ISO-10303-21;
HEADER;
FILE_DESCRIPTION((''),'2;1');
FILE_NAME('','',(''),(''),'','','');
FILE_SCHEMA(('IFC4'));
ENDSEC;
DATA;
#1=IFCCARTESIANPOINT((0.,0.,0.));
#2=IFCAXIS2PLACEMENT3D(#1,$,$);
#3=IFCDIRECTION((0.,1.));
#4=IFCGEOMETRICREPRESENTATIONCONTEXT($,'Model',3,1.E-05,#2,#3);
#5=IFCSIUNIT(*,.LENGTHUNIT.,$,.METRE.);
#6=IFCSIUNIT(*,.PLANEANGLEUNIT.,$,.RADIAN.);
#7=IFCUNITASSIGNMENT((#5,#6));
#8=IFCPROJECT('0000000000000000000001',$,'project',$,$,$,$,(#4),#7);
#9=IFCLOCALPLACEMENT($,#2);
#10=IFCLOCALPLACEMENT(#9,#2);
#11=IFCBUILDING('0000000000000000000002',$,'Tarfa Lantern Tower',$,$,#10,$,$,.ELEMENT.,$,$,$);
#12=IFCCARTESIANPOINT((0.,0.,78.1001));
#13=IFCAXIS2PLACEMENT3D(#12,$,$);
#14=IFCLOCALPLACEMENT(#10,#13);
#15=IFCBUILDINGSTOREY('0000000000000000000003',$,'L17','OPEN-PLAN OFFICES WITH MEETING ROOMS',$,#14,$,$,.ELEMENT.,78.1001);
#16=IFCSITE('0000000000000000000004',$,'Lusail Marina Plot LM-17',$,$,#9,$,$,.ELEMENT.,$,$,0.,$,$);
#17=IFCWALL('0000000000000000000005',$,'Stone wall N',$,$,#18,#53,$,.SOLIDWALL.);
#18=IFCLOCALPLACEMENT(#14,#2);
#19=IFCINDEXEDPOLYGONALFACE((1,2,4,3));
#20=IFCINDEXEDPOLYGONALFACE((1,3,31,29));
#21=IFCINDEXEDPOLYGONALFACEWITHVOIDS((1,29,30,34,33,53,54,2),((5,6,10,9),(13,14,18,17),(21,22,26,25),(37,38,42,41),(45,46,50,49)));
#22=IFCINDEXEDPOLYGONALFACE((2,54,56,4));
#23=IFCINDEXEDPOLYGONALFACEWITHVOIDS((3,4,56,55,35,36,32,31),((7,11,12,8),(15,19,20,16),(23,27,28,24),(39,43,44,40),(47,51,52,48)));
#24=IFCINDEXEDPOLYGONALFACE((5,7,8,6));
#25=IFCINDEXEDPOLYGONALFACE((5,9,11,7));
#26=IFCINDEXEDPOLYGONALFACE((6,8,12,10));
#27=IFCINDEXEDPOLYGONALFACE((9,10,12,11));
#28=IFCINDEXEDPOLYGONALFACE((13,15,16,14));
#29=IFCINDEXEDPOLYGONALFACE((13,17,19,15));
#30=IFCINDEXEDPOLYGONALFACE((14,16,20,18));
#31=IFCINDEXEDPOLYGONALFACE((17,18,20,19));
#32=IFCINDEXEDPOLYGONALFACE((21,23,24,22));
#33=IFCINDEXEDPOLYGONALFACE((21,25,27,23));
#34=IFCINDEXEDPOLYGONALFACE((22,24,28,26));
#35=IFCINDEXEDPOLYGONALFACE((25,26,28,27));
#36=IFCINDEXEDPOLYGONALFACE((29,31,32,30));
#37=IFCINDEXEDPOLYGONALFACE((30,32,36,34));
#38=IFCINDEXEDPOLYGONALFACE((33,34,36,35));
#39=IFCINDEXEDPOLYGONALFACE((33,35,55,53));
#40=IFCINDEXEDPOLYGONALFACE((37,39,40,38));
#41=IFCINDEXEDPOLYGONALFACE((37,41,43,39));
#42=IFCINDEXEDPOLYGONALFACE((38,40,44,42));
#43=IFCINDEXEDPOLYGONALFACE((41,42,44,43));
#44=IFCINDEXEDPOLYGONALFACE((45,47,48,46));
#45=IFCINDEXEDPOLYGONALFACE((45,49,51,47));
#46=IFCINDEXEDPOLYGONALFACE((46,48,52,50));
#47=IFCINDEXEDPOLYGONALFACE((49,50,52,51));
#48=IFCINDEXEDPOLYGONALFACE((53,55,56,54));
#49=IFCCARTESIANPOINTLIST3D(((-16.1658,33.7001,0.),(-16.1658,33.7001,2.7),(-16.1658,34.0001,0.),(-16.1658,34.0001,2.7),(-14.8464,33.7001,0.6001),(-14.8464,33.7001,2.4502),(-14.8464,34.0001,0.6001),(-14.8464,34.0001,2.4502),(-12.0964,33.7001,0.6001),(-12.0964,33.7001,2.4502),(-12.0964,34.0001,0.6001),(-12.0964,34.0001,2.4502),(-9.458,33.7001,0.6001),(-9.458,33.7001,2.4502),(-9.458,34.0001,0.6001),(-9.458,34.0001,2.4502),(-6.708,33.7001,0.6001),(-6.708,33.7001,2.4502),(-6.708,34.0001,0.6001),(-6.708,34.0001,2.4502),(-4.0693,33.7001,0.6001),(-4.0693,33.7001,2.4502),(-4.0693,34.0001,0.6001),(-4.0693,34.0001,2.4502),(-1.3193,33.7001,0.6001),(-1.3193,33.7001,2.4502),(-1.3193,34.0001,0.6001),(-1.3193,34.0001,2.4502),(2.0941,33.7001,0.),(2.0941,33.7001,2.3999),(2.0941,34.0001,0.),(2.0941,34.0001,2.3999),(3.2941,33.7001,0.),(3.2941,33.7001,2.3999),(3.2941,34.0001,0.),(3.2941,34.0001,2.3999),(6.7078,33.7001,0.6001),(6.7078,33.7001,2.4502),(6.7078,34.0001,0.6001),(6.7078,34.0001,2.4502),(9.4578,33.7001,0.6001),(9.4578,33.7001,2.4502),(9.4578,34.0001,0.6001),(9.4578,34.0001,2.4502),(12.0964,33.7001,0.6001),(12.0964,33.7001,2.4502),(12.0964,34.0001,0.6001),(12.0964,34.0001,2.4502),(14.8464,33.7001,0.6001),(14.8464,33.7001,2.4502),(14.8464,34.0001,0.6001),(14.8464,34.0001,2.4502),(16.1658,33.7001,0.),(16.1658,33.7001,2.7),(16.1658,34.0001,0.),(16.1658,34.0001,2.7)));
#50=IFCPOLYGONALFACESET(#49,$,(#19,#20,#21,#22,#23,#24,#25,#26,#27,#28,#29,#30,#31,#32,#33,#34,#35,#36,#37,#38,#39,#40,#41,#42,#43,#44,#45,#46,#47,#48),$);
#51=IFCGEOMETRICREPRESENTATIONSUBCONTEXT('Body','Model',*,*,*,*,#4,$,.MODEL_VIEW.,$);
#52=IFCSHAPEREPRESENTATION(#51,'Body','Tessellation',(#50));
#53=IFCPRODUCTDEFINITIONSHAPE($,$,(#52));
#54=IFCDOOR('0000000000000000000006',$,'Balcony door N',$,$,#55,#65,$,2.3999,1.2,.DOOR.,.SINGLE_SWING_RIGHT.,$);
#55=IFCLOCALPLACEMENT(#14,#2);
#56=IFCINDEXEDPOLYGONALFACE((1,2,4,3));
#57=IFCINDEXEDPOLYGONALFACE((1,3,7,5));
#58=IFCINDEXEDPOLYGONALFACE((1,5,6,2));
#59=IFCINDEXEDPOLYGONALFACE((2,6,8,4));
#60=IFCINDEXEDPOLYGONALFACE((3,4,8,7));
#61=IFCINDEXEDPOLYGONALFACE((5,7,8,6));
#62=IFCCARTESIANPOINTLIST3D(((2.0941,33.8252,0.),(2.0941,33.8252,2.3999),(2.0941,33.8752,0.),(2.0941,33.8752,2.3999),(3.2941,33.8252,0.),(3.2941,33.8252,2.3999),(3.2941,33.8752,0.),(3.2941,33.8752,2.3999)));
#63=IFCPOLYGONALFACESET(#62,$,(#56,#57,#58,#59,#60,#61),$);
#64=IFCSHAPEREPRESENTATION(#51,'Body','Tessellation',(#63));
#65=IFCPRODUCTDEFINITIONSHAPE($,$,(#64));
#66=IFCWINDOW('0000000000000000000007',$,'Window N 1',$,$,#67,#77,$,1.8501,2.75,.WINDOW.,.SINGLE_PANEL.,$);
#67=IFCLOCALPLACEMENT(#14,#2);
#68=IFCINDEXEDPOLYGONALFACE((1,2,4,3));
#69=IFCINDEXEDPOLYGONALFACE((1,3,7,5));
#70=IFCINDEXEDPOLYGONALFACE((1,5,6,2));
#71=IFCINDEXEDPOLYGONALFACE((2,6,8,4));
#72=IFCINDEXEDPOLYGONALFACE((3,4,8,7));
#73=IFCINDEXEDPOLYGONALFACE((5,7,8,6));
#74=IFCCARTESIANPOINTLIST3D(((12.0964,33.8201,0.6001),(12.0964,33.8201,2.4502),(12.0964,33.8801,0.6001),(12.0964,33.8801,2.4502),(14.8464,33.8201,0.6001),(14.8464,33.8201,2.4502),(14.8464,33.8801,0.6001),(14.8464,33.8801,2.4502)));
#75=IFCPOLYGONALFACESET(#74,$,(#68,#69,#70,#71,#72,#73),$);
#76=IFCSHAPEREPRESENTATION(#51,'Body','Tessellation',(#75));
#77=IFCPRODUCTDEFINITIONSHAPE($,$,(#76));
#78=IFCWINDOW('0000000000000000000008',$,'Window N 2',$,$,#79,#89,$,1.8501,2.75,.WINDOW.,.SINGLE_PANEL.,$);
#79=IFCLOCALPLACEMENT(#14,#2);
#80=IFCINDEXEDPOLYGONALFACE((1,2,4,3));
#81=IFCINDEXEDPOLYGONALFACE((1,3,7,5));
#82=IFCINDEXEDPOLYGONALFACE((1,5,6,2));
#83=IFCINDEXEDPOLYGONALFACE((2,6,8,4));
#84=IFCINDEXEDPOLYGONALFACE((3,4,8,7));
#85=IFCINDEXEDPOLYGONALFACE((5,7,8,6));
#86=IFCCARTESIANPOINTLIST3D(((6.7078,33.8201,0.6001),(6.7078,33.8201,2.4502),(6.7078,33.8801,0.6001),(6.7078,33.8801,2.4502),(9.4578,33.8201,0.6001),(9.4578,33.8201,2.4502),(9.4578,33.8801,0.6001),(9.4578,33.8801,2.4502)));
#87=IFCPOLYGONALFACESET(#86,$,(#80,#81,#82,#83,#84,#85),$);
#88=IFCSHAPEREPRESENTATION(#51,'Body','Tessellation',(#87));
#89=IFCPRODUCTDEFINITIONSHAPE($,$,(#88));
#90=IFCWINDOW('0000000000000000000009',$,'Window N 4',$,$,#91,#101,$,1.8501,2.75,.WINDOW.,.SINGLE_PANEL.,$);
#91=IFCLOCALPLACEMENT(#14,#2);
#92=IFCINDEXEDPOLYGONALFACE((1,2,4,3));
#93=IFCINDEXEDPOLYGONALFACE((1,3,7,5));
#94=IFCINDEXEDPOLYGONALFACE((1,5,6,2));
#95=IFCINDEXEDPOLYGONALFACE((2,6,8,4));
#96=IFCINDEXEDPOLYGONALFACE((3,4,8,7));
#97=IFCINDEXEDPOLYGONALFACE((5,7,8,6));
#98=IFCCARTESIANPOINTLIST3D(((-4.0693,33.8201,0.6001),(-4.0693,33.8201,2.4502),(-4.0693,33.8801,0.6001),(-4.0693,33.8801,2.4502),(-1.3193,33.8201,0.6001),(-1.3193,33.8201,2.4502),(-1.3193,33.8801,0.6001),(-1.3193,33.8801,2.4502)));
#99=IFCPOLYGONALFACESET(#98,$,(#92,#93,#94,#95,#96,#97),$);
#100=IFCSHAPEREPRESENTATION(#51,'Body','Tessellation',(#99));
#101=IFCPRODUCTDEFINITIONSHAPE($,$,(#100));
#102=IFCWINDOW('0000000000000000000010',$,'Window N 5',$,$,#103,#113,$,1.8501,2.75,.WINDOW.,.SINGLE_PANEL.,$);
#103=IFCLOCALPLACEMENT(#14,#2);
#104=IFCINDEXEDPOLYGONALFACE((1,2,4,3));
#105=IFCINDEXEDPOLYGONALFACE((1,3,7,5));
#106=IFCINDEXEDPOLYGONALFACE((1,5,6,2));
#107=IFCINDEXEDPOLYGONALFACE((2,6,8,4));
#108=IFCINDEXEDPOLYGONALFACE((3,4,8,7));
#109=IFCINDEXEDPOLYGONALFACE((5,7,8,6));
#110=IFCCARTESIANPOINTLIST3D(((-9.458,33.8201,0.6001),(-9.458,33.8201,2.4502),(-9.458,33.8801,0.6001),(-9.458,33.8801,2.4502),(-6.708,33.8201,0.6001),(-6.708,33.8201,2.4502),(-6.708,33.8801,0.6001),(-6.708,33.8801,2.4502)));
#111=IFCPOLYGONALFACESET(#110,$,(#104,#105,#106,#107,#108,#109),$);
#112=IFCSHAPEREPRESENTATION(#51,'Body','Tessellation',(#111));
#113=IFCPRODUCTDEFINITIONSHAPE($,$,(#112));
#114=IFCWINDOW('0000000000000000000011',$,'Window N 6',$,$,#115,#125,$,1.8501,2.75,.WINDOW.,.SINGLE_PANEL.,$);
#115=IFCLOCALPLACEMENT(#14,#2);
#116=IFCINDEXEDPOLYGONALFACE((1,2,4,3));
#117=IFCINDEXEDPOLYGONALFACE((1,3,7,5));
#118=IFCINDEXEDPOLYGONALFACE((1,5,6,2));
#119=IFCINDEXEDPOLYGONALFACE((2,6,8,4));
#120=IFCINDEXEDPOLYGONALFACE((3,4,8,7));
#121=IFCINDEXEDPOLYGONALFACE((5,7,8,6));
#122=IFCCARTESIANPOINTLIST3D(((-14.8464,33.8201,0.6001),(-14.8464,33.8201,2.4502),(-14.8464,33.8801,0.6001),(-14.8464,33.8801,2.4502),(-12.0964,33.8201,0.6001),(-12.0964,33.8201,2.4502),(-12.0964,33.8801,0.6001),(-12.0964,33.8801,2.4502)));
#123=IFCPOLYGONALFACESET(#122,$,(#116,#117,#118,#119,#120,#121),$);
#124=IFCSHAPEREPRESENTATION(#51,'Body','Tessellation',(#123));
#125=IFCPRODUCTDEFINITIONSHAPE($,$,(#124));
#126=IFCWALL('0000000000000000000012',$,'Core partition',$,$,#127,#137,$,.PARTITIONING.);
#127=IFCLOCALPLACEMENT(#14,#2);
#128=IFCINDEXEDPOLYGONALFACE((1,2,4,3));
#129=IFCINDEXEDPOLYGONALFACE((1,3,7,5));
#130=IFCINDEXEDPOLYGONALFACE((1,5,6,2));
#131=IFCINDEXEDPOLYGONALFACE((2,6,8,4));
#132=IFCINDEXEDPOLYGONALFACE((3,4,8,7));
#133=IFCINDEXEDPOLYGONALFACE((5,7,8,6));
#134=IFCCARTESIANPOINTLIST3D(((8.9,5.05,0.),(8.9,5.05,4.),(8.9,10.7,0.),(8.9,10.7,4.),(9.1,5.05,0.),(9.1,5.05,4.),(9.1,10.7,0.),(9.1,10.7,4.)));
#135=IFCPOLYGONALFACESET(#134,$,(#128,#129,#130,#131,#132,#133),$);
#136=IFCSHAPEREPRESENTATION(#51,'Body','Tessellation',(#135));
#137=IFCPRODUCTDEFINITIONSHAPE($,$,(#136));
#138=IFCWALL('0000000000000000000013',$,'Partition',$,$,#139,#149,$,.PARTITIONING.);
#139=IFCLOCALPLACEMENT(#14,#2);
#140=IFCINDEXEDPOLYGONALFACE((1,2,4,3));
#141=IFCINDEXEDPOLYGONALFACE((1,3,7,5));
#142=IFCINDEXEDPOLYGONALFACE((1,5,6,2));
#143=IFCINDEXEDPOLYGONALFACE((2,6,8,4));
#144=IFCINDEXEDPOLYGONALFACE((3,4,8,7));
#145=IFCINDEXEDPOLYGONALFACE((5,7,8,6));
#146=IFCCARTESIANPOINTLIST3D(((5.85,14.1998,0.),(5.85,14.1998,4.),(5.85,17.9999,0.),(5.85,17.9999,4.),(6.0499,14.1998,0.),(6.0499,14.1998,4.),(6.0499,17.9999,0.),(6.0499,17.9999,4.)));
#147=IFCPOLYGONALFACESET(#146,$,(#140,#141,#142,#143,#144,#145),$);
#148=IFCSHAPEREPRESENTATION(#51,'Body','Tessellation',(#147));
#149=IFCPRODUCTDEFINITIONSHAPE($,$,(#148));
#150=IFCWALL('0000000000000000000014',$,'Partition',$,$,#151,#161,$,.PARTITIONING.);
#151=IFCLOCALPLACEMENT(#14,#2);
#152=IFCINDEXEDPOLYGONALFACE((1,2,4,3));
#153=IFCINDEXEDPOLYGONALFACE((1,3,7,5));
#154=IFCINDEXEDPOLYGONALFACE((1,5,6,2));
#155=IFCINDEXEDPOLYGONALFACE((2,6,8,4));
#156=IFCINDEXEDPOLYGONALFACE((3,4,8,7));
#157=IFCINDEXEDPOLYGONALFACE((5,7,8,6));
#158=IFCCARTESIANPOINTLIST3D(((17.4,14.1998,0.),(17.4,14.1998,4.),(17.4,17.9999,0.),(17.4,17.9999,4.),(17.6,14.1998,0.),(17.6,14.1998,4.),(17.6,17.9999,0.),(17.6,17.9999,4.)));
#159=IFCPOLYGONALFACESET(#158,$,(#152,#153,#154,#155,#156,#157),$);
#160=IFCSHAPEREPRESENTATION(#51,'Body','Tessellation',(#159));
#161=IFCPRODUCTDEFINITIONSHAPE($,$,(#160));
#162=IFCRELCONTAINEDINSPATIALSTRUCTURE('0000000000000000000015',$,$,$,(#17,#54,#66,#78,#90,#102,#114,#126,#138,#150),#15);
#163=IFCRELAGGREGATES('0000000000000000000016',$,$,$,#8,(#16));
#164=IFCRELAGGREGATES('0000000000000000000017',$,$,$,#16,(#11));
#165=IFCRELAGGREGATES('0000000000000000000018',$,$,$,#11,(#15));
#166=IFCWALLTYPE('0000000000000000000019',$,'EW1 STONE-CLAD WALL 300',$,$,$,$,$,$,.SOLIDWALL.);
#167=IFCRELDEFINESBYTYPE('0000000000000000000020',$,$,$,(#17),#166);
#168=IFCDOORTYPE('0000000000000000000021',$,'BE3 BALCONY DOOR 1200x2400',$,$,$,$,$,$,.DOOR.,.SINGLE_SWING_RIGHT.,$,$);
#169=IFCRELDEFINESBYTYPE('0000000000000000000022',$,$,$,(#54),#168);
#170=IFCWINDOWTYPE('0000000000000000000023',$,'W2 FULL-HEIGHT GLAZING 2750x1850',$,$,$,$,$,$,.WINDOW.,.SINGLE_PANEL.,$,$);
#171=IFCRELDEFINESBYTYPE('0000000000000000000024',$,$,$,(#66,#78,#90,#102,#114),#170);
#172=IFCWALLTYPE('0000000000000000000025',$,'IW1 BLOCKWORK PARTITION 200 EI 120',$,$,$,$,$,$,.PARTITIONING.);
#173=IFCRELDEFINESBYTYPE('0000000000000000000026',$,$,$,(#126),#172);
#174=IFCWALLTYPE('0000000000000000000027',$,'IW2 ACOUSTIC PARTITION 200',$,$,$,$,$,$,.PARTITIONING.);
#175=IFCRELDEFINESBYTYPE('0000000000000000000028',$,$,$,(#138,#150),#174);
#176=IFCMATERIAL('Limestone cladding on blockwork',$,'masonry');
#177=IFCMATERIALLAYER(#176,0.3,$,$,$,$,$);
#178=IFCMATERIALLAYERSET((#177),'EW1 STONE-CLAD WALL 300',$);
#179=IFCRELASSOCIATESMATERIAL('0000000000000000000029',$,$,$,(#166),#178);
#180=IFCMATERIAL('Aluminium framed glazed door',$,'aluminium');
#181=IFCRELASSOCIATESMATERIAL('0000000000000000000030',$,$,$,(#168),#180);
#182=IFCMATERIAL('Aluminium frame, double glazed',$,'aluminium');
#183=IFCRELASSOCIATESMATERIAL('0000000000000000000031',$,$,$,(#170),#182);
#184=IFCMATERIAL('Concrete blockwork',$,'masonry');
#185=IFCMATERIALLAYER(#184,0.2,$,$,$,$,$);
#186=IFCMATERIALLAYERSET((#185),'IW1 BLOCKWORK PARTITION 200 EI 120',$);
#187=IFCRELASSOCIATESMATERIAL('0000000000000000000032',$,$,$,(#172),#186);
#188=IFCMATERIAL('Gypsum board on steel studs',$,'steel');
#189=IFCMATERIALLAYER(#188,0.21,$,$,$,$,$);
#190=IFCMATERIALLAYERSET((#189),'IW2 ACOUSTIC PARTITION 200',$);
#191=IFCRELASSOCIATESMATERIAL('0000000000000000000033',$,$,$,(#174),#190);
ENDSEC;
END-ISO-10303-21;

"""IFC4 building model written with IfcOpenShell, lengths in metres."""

from ifc_helpers import new_model, si_unit, direction, frame, frame_2d, origin, place, context, subcontext, project, spatial, rectangle, extrude, material, layer, layer_set, type_object, element, fill, save


model = new_model("IFC4")

# Units and contexts
model_context = context("Model", 3, precision=1e-05, world=origin(), true_north=direction((0.0, 1.0)))
body_context = subcontext(model_context, "Body", "Model", "MODEL_VIEW")
ifc_project = project(units=[si_unit("LENGTHUNIT", "METRE"), si_unit("PLANEANGLEUNIT", "RADIAN")], contexts=[model_context])

# Site, building, storey
site_placement = place(None, origin())
site = spatial("IfcSite", under=ifc_project, at=site_placement, Name="Lusail Marina Plot LM-17", CompositionType="ELEMENT", RefElevation=0.0)
building_placement = place(site_placement, origin())
building = spatial("IfcBuilding", under=site, at=building_placement, Name="Tarfa Lantern Tower", CompositionType="ELEMENT")
storey_placement = place(building_placement, frame((0.0, 0.0, 78.1001)))
storey = spatial("IfcBuildingStorey", under=building, at=storey_placement, Name="L17", Description="OPEN-PLAN OFFICES WITH MEETING ROOMS", CompositionType="ELEMENT", Elevation=78.1001)

# Wall, openings, door, windows
ifc_material_1 = material(Name="Limestone cladding on blockwork", Category="masonry")
ifc_layer_1 = layer(ifc_material_1, 0.3)
ifc_layer_set_1 = layer_set([ifc_layer_1], Name="EW1 STONE-CLAD WALL 300")
wall_type_1 = type_object("IfcWallType", Name="EW1 STONE-CLAD WALL 300", PredefinedType="SOLIDWALL", material=ifc_layer_set_1)
wall_1_placement = place(storey_placement, frame((16.1658, 33.8501, 0.0), z_axis=(0.0, 0.0, 1.0), x_axis=(-1.0, 0.0, 0.0)))
wall_1 = element("IfcWall", 1, at=wall_1_placement, inside=storey, type_object=wall_type_1, Name="Stone wall N", PredefinedType="SOLIDWALL", context=body_context, shape_type="SweptSolid", body=[
    extrude(rectangle(XDim=32.3315, YDim=0.3, at=frame_2d((16.1658, 0.0))), origin(), (0.0, 0.0, 1.0), 2.7),
])
opening_1_placement = place(wall_1_placement, frame((1.3193, 0.0, 0.6001)))
opening_1 = element("IfcOpeningElement", 2, at=opening_1_placement, cuts=wall_1, PredefinedType="OPENING", context=body_context, shape_type="SweptSolid", body=[
    extrude(rectangle(XDim=2.75, YDim=1.8501, at=frame_2d((1.375, 0.925))), frame((0.0, 0.1599, 0.0), z_axis=(0.0, -1.0, 0.0), x_axis=(1.0, 0.0, 0.0)), (0.0, 0.0, 1.0), 0.3201),
])
opening_2_placement = place(wall_1_placement, frame((6.708, 0.0, 0.6001)))
opening_2 = element("IfcOpeningElement", 3, at=opening_2_placement, cuts=wall_1, PredefinedType="OPENING", context=body_context, shape_type="SweptSolid", body=[
    extrude(rectangle(XDim=2.75, YDim=1.8501, at=frame_2d((1.375, 0.925))), frame((0.0, 0.1599, 0.0), z_axis=(0.0, -1.0, 0.0), x_axis=(1.0, 0.0, 0.0)), (0.0, 0.0, 1.0), 0.3201),
])
opening_3_placement = place(wall_1_placement, frame((12.8716, 0.0, 0.0)))
opening_3 = element("IfcOpeningElement", 4, at=opening_3_placement, cuts=wall_1, PredefinedType="OPENING", context=body_context, shape_type="SweptSolid", body=[
    extrude(rectangle(XDim=1.2, YDim=2.3999, at=frame_2d((0.6001, 1.2))), frame((0.0, 0.1599, 0.0), z_axis=(0.0, -1.0, 0.0), x_axis=(1.0, 0.0, 0.0)), (0.0, 0.0, 1.0), 0.3201),
])
opening_4_placement = place(wall_1_placement, frame((17.4851, 0.0, 0.6001)))
opening_4 = element("IfcOpeningElement", 5, at=opening_4_placement, cuts=wall_1, PredefinedType="OPENING", context=body_context, shape_type="SweptSolid", body=[
    extrude(rectangle(XDim=2.75, YDim=1.8501, at=frame_2d((1.375, 0.925))), frame((0.0, 0.1599, 0.0), z_axis=(0.0, -1.0, 0.0), x_axis=(1.0, 0.0, 0.0)), (0.0, 0.0, 1.0), 0.3201),
])
opening_5_placement = place(wall_1_placement, frame((22.8738, 0.0, 0.6001)))
opening_5 = element("IfcOpeningElement", 6, at=opening_5_placement, cuts=wall_1, PredefinedType="OPENING", context=body_context, shape_type="SweptSolid", body=[
    extrude(rectangle(XDim=2.75, YDim=1.8501, at=frame_2d((1.375, 0.925))), frame((0.0, 0.1599, 0.0), z_axis=(0.0, -1.0, 0.0), x_axis=(1.0, 0.0, 0.0)), (0.0, 0.0, 1.0), 0.3201),
])
opening_6_placement = place(wall_1_placement, frame((28.2622, 0.0, 0.6001)))
opening_6 = element("IfcOpeningElement", 7, at=opening_6_placement, cuts=wall_1, PredefinedType="OPENING", context=body_context, shape_type="SweptSolid", body=[
    extrude(rectangle(XDim=2.75, YDim=1.8501, at=frame_2d((1.375, 0.925))), frame((0.0, 0.1599, 0.0), z_axis=(0.0, -1.0, 0.0), x_axis=(1.0, 0.0, 0.0)), (0.0, 0.0, 1.0), 0.3201),
])
ifc_material_2 = material(Name="Aluminium framed glazed door", Category="aluminium")
door_type_1 = type_object("IfcDoorType", Name="BE3 BALCONY DOOR 1200x2400", OperationType="SINGLE_SWING_RIGHT", PredefinedType="DOOR", material=ifc_material_2)
door_1_placement = place(opening_3_placement, origin())
door_1 = element("IfcDoor", 8, at=door_1_placement, inside=storey, type_object=door_type_1, Name="Balcony door N", OperationType="SINGLE_SWING_RIGHT", OverallHeight=2.3999, OverallWidth=1.2, PredefinedType="DOOR", context=body_context, shape_type="SweptSolid", body=[
    extrude(rectangle(XDim=1.2, YDim=2.3999, at=frame_2d((0.6001, 1.2))), frame((0.0, 0.0249, 0.0), z_axis=(0.0, -1.0, 0.0), x_axis=(1.0, 0.0, 0.0)), (0.0, 0.0, 1.0), 0.05),
])
fill(opening_3, door_1)
ifc_material_3 = material(Name="Aluminium frame, double glazed", Category="aluminium")
window_type = type_object("IfcWindowType", Name="W2 FULL-HEIGHT GLAZING 2750x1850", PartitioningType="SINGLE_PANEL", PredefinedType="WINDOW", material=ifc_material_3)
window_1_placement = place(opening_1_placement, origin())
window_1 = element("IfcWindow", 9, at=window_1_placement, inside=storey, type_object=window_type, Name="Window N 1", OverallHeight=1.8501, OverallWidth=2.75, PartitioningType="SINGLE_PANEL", PredefinedType="WINDOW", context=body_context, shape_type="SweptSolid", body=[
    extrude(rectangle(XDim=2.75, YDim=1.8501, at=frame_2d((1.375, 0.925))), frame((0.0, 0.03, 0.0), z_axis=(0.0, -1.0, 0.0), x_axis=(1.0, 0.0, 0.0)), (0.0, 0.0, 1.0), 0.0601),
])
fill(opening_1, window_1)
window_2_placement = place(opening_2_placement, origin())
window_2 = element("IfcWindow", 10, at=window_2_placement, inside=storey, type_object=window_type, Name="Window N 2", OverallHeight=1.8501, OverallWidth=2.75, PartitioningType="SINGLE_PANEL", PredefinedType="WINDOW", context=body_context, shape_type="SweptSolid", body=[
    extrude(rectangle(XDim=2.75, YDim=1.8501, at=frame_2d((1.375, 0.925))), frame((0.0, 0.03, 0.0), z_axis=(0.0, -1.0, 0.0), x_axis=(1.0, 0.0, 0.0)), (0.0, 0.0, 1.0), 0.0601),
])
fill(opening_2, window_2)
window_3_placement = place(opening_4_placement, origin())
window_3 = element("IfcWindow", 11, at=window_3_placement, inside=storey, type_object=window_type, Name="Window N 4", OverallHeight=1.8501, OverallWidth=2.75, PartitioningType="SINGLE_PANEL", PredefinedType="WINDOW", context=body_context, shape_type="SweptSolid", body=[
    extrude(rectangle(XDim=2.75, YDim=1.8501, at=frame_2d((1.375, 0.925))), frame((0.0, 0.03, 0.0), z_axis=(0.0, -1.0, 0.0), x_axis=(1.0, 0.0, 0.0)), (0.0, 0.0, 1.0), 0.0601),
])
fill(opening_4, window_3)
window_4_placement = place(opening_5_placement, origin())
window_4 = element("IfcWindow", 12, at=window_4_placement, inside=storey, type_object=window_type, Name="Window N 5", OverallHeight=1.8501, OverallWidth=2.75, PartitioningType="SINGLE_PANEL", PredefinedType="WINDOW", context=body_context, shape_type="SweptSolid", body=[
    extrude(rectangle(XDim=2.75, YDim=1.8501, at=frame_2d((1.375, 0.925))), frame((0.0, 0.03, 0.0), z_axis=(0.0, -1.0, 0.0), x_axis=(1.0, 0.0, 0.0)), (0.0, 0.0, 1.0), 0.0601),
])
fill(opening_5, window_4)
window_5_placement = place(opening_6_placement, origin())
window_5 = element("IfcWindow", 13, at=window_5_placement, inside=storey, type_object=window_type, Name="Window N 6", OverallHeight=1.8501, OverallWidth=2.75, PartitioningType="SINGLE_PANEL", PredefinedType="WINDOW", context=body_context, shape_type="SweptSolid", body=[
    extrude(rectangle(XDim=2.75, YDim=1.8501, at=frame_2d((1.375, 0.925))), frame((0.0, 0.03, 0.0), z_axis=(0.0, -1.0, 0.0), x_axis=(1.0, 0.0, 0.0)), (0.0, 0.0, 1.0), 0.0601),
])
fill(opening_6, window_5)

# Walls
ifc_material_4 = material(Name="Concrete blockwork", Category="masonry")
ifc_layer_2 = layer(ifc_material_4, 0.2)
ifc_layer_set_2 = layer_set([ifc_layer_2], Name="IW1 BLOCKWORK PARTITION 200 EI 120")
wall_type_2 = type_object("IfcWallType", Name="IW1 BLOCKWORK PARTITION 200 EI 120", PredefinedType="PARTITIONING", material=ifc_layer_set_2)
wall_2_placement = place(storey_placement, frame((9.0, 5.05, 0.0), z_axis=(0.0, 0.0, 1.0), x_axis=(0.0, 1.0, 0.0)))
element("IfcWall", 14, at=wall_2_placement, inside=storey, type_object=wall_type_2, Name="Core partition", PredefinedType="PARTITIONING", context=body_context, shape_type="SweptSolid", body=[
    extrude(rectangle(XDim=5.6499, YDim=0.2, at=frame_2d((2.825, 0.0))), origin(), (0.0, 0.0, 1.0), 4.0),
])
ifc_material_5 = material(Name="Gypsum board on steel studs", Category="steel")
ifc_layer_3 = layer(ifc_material_5, 0.21)
ifc_layer_set_3 = layer_set([ifc_layer_3], Name="IW2 ACOUSTIC PARTITION 200")
wall_type_3 = type_object("IfcWallType", Name="IW2 ACOUSTIC PARTITION 200", PredefinedType="PARTITIONING", material=ifc_layer_set_3)
for number, where, z_axis, x_axis, name in (
    (15, (5.95, 14.2, 0.0), (0.0, 0.0, 1.0), (0.0, 1.0, 0.0), "Partition"),
    (16, (17.5, 14.2, 0.0), (0.0, 0.0, 1.0), (0.0, 1.0, 0.0), "Partition"),
):
    element("IfcWall", number, at=place(storey_placement, frame(where, z_axis=z_axis, x_axis=x_axis)), inside=storey, type_object=wall_type_3, Name=name, PredefinedType="PARTITIONING", context=body_context, shape_type="SweptSolid", body=[
        extrude(rectangle(XDim=3.8, YDim=0.2, at=frame_2d((1.8999, 0.0))), origin(), (0.0, 0.0, 1.0), 4.0),
    ])

save(model, "model.ifc")
